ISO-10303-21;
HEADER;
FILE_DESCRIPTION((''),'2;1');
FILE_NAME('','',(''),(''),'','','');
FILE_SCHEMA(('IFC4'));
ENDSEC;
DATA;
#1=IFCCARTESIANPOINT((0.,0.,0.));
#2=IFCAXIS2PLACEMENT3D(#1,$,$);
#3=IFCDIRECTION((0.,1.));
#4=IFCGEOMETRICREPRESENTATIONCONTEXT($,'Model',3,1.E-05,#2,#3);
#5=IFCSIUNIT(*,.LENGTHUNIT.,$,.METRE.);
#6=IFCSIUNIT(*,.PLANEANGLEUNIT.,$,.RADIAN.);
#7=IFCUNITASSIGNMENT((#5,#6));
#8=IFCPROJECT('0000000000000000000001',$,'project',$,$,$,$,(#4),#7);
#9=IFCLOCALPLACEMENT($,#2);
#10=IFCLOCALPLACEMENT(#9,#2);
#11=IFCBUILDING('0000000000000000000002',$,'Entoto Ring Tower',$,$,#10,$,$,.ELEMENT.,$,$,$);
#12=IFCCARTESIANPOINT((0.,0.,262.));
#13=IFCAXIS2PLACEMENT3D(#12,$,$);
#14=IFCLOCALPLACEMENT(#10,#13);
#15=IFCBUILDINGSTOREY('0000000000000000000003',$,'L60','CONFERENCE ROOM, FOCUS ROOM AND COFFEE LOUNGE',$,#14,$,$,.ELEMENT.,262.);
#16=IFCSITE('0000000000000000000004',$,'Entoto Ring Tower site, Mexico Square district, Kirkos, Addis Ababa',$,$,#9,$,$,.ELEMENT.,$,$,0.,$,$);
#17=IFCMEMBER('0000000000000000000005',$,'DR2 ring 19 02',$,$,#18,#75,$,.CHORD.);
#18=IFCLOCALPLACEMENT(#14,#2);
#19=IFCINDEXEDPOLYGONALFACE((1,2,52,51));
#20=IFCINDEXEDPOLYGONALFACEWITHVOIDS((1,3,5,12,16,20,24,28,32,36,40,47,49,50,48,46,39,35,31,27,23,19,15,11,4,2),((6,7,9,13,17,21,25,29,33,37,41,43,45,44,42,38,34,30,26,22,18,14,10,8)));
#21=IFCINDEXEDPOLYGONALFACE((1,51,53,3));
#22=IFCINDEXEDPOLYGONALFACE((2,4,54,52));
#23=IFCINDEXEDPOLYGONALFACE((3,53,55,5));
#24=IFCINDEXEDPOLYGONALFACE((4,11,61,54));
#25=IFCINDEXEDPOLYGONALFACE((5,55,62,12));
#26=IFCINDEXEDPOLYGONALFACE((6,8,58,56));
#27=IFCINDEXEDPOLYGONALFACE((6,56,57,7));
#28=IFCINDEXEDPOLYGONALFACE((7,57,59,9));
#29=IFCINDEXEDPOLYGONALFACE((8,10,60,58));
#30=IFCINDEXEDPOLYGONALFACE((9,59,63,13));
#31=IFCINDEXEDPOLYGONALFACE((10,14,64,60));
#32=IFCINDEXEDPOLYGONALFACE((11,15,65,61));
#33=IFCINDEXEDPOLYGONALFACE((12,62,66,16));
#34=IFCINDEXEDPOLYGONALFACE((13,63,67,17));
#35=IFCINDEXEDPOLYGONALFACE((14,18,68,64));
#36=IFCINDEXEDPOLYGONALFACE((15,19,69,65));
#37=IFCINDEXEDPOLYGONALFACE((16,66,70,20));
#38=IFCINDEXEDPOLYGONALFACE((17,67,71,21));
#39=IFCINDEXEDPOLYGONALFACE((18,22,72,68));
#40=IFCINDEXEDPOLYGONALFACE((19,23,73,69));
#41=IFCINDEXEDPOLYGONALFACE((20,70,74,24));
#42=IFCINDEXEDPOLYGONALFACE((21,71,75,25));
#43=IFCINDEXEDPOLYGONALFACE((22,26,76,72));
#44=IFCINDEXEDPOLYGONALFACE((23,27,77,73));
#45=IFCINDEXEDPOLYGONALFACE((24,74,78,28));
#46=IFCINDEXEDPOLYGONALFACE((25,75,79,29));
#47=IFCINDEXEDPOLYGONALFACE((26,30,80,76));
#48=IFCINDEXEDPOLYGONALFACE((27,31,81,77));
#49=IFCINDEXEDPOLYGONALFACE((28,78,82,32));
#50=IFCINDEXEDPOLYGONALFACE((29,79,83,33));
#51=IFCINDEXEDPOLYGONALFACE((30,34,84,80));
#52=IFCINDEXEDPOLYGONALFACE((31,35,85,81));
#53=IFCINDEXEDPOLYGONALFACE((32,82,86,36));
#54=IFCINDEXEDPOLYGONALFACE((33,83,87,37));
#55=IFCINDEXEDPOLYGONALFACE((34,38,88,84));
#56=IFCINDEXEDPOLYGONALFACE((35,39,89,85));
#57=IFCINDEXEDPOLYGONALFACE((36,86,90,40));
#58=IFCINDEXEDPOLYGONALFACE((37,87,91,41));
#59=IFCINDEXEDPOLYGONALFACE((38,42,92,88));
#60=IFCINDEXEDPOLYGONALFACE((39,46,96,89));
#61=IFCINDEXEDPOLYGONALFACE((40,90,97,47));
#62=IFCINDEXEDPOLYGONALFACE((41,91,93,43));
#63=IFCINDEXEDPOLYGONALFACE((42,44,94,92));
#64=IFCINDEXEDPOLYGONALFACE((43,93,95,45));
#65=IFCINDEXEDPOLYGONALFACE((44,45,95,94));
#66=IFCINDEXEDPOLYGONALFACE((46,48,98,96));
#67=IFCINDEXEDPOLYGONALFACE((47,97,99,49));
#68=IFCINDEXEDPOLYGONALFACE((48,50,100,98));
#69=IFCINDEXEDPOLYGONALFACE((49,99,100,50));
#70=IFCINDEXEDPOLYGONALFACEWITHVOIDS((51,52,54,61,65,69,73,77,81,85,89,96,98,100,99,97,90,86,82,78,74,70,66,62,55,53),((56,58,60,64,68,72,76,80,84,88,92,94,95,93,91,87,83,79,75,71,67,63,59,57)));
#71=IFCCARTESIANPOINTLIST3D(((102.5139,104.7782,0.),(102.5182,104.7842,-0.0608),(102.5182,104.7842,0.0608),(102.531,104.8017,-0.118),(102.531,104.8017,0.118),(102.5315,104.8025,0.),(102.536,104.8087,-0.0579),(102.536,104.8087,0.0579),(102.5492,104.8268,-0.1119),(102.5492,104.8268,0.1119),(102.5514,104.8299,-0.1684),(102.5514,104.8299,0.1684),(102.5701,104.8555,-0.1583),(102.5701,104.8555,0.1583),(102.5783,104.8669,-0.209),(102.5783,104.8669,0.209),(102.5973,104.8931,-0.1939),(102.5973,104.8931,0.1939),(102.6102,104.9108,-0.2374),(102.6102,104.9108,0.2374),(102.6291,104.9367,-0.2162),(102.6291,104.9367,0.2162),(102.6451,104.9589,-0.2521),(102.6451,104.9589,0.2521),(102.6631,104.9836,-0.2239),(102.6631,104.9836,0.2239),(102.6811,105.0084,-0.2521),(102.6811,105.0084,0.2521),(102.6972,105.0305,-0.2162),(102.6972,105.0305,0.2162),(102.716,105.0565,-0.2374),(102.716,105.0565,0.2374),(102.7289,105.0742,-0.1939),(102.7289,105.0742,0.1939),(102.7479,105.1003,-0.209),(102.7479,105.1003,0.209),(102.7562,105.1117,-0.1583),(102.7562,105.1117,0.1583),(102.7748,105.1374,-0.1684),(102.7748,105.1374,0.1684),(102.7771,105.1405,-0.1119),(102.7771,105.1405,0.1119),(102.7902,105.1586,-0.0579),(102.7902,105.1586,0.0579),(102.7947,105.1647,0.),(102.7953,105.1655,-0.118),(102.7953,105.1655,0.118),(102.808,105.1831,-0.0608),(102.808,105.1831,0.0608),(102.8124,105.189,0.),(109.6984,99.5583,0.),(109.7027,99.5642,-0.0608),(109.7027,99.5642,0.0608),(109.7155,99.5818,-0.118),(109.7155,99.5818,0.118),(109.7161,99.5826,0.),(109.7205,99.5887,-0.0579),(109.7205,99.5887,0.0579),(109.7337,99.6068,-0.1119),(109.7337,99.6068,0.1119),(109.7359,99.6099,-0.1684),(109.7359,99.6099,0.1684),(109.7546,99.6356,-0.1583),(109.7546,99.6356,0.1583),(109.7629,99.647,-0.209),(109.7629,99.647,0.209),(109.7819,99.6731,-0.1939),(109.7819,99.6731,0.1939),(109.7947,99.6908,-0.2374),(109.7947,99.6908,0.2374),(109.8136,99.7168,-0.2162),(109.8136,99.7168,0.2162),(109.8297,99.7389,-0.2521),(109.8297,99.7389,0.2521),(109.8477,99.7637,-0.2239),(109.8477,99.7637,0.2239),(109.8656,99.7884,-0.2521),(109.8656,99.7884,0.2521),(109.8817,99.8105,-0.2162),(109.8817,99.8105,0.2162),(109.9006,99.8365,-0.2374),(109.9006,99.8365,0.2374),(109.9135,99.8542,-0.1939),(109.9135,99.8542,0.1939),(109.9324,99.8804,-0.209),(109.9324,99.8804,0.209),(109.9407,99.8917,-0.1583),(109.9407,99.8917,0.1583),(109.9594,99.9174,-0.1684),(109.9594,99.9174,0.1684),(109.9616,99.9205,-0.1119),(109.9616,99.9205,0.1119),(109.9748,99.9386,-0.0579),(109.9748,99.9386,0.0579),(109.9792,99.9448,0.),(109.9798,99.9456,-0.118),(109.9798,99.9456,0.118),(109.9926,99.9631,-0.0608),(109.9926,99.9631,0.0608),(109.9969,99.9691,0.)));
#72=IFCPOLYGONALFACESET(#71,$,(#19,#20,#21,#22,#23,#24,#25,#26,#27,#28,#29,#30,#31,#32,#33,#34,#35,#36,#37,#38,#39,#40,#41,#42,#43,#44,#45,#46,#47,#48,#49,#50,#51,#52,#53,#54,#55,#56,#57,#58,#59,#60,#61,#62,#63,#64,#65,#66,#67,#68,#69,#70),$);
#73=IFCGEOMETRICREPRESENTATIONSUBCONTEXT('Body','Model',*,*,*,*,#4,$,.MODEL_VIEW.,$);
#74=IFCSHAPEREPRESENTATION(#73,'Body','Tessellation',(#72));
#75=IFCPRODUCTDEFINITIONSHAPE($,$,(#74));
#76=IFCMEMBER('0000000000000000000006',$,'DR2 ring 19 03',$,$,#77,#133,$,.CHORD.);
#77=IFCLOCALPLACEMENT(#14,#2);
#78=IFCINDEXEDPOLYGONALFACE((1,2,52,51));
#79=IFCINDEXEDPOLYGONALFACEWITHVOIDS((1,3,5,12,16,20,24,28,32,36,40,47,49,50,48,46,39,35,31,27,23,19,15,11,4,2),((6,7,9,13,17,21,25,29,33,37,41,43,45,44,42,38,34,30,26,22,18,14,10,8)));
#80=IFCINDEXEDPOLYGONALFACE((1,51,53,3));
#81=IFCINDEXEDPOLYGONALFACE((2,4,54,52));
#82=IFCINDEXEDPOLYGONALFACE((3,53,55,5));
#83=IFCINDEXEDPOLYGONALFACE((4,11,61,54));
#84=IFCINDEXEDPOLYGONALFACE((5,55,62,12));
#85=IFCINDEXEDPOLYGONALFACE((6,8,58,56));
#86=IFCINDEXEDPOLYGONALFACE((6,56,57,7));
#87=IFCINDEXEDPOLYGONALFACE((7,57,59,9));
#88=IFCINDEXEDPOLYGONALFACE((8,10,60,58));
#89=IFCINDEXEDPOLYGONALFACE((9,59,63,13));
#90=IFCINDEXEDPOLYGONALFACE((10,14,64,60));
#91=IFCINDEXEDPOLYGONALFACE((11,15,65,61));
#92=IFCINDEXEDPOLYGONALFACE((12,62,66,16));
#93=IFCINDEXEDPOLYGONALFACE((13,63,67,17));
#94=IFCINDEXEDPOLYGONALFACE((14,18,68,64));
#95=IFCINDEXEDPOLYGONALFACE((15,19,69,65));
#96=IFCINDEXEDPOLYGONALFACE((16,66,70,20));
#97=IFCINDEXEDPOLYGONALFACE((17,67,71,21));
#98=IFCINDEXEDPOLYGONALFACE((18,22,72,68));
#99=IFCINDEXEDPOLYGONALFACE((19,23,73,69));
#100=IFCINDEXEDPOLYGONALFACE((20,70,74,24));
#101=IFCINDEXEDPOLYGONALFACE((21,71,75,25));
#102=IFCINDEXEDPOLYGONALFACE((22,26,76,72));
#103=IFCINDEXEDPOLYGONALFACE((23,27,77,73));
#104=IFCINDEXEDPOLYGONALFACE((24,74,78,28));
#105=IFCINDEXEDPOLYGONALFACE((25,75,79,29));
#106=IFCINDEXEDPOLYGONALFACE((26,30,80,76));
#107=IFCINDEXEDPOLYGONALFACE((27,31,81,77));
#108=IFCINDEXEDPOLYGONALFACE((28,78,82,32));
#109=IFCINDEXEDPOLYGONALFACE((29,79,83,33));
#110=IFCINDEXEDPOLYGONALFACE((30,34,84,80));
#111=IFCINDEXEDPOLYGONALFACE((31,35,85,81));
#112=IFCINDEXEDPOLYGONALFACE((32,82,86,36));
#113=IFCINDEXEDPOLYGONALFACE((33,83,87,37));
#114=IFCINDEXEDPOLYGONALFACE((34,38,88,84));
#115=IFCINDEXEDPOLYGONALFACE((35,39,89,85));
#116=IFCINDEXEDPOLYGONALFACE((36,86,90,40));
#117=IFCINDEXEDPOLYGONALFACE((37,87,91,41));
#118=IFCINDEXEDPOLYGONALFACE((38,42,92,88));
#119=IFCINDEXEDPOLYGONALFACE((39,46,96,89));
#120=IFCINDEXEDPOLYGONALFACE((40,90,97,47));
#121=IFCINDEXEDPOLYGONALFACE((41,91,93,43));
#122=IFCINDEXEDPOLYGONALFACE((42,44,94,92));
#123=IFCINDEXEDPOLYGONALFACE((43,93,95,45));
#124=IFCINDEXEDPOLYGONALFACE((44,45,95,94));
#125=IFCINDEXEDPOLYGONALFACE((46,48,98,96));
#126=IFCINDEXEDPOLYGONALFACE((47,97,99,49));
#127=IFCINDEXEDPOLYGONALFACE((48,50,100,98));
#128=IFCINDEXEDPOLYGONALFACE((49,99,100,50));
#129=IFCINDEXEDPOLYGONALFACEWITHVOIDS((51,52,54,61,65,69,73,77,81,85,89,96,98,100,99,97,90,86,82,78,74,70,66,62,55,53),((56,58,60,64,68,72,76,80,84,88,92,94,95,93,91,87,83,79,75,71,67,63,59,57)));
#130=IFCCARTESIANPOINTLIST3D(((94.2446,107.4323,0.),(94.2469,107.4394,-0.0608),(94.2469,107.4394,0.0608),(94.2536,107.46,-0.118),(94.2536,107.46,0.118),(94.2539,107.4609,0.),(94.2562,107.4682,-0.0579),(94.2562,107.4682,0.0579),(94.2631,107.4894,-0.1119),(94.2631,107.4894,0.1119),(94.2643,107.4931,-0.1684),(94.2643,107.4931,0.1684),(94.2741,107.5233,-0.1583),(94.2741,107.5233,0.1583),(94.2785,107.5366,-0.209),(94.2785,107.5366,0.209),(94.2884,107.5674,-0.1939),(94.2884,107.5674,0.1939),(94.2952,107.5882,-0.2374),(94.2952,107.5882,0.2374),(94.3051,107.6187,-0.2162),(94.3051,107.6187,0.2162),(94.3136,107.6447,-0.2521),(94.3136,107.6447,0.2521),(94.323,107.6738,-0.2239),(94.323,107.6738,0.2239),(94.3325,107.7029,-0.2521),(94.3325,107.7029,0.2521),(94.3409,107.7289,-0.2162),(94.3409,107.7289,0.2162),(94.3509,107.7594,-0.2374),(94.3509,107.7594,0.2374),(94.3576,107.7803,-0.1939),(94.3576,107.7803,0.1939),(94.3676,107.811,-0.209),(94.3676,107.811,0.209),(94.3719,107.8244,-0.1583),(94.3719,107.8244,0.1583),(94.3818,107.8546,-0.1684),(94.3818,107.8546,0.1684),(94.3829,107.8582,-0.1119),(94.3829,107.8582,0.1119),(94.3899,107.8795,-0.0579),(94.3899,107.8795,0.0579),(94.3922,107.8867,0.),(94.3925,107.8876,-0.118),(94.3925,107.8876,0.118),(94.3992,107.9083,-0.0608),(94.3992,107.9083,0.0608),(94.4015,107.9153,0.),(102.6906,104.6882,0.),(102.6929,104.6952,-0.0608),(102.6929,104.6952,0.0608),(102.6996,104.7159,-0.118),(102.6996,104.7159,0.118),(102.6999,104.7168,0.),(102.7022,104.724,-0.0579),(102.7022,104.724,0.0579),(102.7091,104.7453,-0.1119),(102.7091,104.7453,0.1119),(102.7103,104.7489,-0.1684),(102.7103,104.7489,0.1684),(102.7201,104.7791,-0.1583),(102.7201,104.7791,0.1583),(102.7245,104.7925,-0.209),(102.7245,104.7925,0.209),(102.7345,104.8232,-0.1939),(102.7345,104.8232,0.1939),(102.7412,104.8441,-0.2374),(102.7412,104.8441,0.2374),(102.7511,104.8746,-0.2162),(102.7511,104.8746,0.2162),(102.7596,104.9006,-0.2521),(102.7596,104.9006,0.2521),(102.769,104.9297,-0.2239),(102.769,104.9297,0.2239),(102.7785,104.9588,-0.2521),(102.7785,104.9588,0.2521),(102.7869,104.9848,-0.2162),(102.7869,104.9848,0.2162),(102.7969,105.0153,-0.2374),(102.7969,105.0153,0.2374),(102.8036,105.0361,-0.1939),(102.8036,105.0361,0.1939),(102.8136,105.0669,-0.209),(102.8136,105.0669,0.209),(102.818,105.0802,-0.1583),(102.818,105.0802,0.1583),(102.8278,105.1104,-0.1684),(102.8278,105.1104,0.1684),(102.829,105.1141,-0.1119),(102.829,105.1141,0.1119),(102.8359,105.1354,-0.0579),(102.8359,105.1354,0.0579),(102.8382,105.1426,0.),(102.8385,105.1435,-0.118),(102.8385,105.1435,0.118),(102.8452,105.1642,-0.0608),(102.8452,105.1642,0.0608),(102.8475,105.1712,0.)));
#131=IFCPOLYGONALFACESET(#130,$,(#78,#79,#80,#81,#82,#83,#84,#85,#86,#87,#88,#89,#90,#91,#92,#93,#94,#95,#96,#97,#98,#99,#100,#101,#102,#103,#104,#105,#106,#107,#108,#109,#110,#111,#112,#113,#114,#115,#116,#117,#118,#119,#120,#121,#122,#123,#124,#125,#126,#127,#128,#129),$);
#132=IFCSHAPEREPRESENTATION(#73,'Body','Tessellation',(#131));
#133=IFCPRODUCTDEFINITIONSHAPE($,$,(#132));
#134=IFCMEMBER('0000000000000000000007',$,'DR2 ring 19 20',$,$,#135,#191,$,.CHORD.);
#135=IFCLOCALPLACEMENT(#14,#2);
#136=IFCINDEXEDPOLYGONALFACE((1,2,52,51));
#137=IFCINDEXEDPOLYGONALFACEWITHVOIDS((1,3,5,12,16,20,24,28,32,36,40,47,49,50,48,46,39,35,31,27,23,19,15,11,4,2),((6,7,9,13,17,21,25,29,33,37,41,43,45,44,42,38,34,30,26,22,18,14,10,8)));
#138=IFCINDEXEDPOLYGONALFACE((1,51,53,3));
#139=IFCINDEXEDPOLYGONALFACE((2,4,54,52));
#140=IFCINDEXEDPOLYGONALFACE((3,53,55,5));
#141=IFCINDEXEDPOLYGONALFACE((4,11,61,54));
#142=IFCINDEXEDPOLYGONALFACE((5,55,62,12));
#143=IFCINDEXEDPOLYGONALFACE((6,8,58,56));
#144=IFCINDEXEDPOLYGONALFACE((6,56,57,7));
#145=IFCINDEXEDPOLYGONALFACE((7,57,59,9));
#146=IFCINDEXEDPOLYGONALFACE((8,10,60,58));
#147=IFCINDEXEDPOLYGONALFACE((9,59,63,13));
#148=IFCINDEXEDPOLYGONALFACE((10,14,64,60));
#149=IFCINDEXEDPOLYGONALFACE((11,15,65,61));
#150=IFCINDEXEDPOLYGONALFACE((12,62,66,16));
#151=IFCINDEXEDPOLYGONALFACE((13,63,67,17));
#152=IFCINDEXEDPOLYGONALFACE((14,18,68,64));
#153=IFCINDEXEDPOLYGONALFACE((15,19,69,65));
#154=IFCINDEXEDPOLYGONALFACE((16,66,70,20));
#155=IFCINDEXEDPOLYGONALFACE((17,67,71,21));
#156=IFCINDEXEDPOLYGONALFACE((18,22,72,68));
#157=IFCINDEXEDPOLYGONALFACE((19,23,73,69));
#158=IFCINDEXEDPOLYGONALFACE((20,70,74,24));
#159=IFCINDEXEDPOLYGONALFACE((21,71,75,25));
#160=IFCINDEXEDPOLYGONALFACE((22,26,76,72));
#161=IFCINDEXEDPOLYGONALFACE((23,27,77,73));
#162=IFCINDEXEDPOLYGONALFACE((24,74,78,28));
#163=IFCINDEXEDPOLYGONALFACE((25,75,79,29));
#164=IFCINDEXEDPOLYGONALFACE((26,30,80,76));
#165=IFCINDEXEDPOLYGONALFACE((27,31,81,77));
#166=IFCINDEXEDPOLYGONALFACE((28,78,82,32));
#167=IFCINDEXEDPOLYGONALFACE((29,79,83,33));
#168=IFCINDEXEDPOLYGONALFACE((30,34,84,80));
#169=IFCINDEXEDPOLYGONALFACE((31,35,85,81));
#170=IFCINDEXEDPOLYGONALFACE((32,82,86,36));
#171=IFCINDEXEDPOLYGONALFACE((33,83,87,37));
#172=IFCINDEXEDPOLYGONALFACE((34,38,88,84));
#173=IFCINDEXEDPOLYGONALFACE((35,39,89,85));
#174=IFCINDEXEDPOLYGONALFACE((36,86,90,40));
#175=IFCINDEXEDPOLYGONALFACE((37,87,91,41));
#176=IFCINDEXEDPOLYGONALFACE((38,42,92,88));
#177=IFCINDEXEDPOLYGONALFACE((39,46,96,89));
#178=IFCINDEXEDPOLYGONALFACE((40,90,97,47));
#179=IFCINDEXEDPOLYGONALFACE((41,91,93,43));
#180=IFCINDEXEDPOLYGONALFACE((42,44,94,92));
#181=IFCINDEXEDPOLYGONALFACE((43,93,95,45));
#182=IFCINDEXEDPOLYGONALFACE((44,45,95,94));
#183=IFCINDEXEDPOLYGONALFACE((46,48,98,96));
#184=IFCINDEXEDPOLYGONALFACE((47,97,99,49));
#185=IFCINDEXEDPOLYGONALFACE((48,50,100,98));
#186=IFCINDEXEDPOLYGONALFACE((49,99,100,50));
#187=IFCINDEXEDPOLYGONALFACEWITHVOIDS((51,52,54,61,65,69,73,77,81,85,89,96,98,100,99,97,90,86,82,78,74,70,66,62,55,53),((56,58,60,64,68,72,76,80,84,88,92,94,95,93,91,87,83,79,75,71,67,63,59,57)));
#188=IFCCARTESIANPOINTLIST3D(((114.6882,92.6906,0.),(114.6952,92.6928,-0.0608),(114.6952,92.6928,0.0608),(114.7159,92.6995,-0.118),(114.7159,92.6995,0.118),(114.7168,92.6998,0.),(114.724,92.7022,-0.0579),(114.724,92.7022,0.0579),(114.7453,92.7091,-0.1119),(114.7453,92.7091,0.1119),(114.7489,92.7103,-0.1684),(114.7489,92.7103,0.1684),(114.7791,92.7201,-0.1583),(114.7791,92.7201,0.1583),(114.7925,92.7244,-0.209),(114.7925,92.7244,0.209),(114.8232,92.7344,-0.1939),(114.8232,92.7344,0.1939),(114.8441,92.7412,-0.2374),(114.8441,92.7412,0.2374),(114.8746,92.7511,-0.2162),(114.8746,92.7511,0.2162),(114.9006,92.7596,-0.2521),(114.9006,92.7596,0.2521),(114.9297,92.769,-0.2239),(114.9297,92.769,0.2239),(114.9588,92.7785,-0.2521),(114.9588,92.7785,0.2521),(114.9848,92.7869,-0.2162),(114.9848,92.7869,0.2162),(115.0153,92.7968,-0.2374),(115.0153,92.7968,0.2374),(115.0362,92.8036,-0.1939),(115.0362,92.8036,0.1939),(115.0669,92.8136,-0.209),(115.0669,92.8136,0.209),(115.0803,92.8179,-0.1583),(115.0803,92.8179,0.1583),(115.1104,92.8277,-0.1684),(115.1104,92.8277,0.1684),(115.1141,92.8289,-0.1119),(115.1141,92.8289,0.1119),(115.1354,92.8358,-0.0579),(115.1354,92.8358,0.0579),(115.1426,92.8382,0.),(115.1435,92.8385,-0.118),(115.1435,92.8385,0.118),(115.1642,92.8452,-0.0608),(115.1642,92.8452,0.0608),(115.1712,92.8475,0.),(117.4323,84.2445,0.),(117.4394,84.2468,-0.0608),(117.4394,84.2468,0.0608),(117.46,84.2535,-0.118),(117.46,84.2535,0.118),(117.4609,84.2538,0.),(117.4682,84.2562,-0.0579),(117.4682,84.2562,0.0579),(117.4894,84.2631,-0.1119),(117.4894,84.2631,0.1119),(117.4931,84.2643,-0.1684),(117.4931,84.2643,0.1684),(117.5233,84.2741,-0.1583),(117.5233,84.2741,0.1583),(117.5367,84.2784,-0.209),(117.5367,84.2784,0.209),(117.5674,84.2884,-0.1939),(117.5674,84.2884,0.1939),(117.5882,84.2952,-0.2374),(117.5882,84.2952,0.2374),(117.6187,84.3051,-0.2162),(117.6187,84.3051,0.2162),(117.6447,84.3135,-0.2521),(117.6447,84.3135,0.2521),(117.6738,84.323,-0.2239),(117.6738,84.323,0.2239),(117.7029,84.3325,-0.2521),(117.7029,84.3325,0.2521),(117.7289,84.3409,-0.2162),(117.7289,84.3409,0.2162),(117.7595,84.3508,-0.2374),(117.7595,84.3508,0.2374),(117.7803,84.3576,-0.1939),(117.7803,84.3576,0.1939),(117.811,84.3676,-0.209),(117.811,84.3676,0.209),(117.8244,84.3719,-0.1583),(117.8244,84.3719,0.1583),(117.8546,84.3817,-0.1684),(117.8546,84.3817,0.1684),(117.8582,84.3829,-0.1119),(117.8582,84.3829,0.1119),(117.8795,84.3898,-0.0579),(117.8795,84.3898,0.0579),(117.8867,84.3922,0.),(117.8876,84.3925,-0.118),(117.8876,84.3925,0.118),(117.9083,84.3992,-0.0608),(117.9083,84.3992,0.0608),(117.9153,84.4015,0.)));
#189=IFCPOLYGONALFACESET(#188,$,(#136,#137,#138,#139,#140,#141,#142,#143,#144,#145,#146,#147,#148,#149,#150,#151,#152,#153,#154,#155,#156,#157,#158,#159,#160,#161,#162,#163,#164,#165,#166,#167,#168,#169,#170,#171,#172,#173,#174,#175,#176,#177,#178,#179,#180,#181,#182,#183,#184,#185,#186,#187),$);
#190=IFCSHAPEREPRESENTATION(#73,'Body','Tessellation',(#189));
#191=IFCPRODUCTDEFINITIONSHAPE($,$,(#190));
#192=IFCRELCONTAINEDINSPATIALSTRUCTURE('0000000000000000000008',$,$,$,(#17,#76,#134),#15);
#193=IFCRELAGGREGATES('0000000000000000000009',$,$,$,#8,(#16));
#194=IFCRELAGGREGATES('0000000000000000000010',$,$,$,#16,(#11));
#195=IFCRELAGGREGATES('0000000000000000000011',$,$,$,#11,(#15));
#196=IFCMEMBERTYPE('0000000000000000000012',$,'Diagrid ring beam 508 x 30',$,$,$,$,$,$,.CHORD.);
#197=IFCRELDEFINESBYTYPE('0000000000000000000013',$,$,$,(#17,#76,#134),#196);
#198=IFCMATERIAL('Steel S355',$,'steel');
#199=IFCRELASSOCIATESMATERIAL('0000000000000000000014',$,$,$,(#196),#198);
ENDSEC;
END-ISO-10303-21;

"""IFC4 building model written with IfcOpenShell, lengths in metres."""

from ifc_helpers import new_model, si_unit, direction, frame, origin, origin_2d, place, context, subcontext, project, spatial, circle, hollow_circle, extrude, material, material_profile, profile_set, type_object, element, save


model = new_model("IFC4")

# Units and contexts
model_context = context("Model", 3, precision=1e-05, world=origin(), true_north=direction((0.0, 1.0)))
body_context = subcontext(model_context, "Body", "Model", "MODEL_VIEW")
ifc_project = project(units=[si_unit("LENGTHUNIT", "METRE"), si_unit("PLANEANGLEUNIT", "RADIAN")], contexts=[model_context])

# Site, building, storey
site_placement = place(None, origin())
site = spatial("IfcSite", under=ifc_project, at=site_placement, Name="Entoto Ring Tower site, Mexico Square district, Kirkos, Addis Ababa", CompositionType="ELEMENT", RefElevation=0.0)
building_placement = place(site_placement, origin())
building = spatial("IfcBuilding", under=site, at=building_placement, Name="Entoto Ring Tower", CompositionType="ELEMENT")
storey_placement = place(building_placement, frame((0.0, 0.0, 262.0)))
storey = spatial("IfcBuildingStorey", under=building, at=storey_placement, Name="L60", Description="CONFERENCE ROOM, FOCUS ROOM AND COFFEE LOUNGE", CompositionType="ELEMENT", Elevation=262.0)

# Members
ifc_material_1 = material(Name="Steel S355", Category="steel")
ifc_material_profile_1 = material_profile(ifc_material_1, hollow_circle(Radius=0.2539, WallThickness=0.03, at=origin_2d()), Name="CHS 508 x 30")
ifc_material_2 = material(Name="Concrete C60/75", Category="concrete")
ifc_material_profile_2 = material_profile(ifc_material_2, circle(Radius=0.2241, at=origin_2d()), Name="Concrete C60/75 infill")
ifc_profile_set_1 = profile_set([ifc_material_profile_1, ifc_material_profile_2], Name="Steel S355")
member_type_1 = type_object("IfcMemberType", Name="Diagrid ring beam 508 x 30", PredefinedType="CHORD", material=ifc_profile_set_1)
for number, where, z_axis, x_axis, name in (
    (1, (109.8477, 99.7637, 0.0), (-0.809013, 0.587791, 0.0), (-0.587791, -0.809013, 0.0), "DR2 ring 19 02"),
    (2, (102.769, 104.9297, 0.0), (-0.951061, 0.309002, 0.0), (-0.309002, -0.951061, 0.0), "DR2 ring 19 03"),
    (3, (117.6738, 84.323, 0.0), (-0.309002, 0.951061, 0.0), (-0.951061, -0.309002, 0.0), "DR2 ring 19 20"),
):
    element("IfcMember", number, at=place(storey_placement, frame(where, z_axis=z_axis, x_axis=x_axis)), inside=storey, type_object=member_type_1, Name=name, PredefinedType="CHORD", context=body_context, shape_type="SweptSolid", body=[
        extrude(hollow_circle(Radius=0.2539, WallThickness=0.03, at=origin_2d()), origin(), (0.0, 0.0, 1.0), 8.8806),
    ])

save(model, "model.ifc")
